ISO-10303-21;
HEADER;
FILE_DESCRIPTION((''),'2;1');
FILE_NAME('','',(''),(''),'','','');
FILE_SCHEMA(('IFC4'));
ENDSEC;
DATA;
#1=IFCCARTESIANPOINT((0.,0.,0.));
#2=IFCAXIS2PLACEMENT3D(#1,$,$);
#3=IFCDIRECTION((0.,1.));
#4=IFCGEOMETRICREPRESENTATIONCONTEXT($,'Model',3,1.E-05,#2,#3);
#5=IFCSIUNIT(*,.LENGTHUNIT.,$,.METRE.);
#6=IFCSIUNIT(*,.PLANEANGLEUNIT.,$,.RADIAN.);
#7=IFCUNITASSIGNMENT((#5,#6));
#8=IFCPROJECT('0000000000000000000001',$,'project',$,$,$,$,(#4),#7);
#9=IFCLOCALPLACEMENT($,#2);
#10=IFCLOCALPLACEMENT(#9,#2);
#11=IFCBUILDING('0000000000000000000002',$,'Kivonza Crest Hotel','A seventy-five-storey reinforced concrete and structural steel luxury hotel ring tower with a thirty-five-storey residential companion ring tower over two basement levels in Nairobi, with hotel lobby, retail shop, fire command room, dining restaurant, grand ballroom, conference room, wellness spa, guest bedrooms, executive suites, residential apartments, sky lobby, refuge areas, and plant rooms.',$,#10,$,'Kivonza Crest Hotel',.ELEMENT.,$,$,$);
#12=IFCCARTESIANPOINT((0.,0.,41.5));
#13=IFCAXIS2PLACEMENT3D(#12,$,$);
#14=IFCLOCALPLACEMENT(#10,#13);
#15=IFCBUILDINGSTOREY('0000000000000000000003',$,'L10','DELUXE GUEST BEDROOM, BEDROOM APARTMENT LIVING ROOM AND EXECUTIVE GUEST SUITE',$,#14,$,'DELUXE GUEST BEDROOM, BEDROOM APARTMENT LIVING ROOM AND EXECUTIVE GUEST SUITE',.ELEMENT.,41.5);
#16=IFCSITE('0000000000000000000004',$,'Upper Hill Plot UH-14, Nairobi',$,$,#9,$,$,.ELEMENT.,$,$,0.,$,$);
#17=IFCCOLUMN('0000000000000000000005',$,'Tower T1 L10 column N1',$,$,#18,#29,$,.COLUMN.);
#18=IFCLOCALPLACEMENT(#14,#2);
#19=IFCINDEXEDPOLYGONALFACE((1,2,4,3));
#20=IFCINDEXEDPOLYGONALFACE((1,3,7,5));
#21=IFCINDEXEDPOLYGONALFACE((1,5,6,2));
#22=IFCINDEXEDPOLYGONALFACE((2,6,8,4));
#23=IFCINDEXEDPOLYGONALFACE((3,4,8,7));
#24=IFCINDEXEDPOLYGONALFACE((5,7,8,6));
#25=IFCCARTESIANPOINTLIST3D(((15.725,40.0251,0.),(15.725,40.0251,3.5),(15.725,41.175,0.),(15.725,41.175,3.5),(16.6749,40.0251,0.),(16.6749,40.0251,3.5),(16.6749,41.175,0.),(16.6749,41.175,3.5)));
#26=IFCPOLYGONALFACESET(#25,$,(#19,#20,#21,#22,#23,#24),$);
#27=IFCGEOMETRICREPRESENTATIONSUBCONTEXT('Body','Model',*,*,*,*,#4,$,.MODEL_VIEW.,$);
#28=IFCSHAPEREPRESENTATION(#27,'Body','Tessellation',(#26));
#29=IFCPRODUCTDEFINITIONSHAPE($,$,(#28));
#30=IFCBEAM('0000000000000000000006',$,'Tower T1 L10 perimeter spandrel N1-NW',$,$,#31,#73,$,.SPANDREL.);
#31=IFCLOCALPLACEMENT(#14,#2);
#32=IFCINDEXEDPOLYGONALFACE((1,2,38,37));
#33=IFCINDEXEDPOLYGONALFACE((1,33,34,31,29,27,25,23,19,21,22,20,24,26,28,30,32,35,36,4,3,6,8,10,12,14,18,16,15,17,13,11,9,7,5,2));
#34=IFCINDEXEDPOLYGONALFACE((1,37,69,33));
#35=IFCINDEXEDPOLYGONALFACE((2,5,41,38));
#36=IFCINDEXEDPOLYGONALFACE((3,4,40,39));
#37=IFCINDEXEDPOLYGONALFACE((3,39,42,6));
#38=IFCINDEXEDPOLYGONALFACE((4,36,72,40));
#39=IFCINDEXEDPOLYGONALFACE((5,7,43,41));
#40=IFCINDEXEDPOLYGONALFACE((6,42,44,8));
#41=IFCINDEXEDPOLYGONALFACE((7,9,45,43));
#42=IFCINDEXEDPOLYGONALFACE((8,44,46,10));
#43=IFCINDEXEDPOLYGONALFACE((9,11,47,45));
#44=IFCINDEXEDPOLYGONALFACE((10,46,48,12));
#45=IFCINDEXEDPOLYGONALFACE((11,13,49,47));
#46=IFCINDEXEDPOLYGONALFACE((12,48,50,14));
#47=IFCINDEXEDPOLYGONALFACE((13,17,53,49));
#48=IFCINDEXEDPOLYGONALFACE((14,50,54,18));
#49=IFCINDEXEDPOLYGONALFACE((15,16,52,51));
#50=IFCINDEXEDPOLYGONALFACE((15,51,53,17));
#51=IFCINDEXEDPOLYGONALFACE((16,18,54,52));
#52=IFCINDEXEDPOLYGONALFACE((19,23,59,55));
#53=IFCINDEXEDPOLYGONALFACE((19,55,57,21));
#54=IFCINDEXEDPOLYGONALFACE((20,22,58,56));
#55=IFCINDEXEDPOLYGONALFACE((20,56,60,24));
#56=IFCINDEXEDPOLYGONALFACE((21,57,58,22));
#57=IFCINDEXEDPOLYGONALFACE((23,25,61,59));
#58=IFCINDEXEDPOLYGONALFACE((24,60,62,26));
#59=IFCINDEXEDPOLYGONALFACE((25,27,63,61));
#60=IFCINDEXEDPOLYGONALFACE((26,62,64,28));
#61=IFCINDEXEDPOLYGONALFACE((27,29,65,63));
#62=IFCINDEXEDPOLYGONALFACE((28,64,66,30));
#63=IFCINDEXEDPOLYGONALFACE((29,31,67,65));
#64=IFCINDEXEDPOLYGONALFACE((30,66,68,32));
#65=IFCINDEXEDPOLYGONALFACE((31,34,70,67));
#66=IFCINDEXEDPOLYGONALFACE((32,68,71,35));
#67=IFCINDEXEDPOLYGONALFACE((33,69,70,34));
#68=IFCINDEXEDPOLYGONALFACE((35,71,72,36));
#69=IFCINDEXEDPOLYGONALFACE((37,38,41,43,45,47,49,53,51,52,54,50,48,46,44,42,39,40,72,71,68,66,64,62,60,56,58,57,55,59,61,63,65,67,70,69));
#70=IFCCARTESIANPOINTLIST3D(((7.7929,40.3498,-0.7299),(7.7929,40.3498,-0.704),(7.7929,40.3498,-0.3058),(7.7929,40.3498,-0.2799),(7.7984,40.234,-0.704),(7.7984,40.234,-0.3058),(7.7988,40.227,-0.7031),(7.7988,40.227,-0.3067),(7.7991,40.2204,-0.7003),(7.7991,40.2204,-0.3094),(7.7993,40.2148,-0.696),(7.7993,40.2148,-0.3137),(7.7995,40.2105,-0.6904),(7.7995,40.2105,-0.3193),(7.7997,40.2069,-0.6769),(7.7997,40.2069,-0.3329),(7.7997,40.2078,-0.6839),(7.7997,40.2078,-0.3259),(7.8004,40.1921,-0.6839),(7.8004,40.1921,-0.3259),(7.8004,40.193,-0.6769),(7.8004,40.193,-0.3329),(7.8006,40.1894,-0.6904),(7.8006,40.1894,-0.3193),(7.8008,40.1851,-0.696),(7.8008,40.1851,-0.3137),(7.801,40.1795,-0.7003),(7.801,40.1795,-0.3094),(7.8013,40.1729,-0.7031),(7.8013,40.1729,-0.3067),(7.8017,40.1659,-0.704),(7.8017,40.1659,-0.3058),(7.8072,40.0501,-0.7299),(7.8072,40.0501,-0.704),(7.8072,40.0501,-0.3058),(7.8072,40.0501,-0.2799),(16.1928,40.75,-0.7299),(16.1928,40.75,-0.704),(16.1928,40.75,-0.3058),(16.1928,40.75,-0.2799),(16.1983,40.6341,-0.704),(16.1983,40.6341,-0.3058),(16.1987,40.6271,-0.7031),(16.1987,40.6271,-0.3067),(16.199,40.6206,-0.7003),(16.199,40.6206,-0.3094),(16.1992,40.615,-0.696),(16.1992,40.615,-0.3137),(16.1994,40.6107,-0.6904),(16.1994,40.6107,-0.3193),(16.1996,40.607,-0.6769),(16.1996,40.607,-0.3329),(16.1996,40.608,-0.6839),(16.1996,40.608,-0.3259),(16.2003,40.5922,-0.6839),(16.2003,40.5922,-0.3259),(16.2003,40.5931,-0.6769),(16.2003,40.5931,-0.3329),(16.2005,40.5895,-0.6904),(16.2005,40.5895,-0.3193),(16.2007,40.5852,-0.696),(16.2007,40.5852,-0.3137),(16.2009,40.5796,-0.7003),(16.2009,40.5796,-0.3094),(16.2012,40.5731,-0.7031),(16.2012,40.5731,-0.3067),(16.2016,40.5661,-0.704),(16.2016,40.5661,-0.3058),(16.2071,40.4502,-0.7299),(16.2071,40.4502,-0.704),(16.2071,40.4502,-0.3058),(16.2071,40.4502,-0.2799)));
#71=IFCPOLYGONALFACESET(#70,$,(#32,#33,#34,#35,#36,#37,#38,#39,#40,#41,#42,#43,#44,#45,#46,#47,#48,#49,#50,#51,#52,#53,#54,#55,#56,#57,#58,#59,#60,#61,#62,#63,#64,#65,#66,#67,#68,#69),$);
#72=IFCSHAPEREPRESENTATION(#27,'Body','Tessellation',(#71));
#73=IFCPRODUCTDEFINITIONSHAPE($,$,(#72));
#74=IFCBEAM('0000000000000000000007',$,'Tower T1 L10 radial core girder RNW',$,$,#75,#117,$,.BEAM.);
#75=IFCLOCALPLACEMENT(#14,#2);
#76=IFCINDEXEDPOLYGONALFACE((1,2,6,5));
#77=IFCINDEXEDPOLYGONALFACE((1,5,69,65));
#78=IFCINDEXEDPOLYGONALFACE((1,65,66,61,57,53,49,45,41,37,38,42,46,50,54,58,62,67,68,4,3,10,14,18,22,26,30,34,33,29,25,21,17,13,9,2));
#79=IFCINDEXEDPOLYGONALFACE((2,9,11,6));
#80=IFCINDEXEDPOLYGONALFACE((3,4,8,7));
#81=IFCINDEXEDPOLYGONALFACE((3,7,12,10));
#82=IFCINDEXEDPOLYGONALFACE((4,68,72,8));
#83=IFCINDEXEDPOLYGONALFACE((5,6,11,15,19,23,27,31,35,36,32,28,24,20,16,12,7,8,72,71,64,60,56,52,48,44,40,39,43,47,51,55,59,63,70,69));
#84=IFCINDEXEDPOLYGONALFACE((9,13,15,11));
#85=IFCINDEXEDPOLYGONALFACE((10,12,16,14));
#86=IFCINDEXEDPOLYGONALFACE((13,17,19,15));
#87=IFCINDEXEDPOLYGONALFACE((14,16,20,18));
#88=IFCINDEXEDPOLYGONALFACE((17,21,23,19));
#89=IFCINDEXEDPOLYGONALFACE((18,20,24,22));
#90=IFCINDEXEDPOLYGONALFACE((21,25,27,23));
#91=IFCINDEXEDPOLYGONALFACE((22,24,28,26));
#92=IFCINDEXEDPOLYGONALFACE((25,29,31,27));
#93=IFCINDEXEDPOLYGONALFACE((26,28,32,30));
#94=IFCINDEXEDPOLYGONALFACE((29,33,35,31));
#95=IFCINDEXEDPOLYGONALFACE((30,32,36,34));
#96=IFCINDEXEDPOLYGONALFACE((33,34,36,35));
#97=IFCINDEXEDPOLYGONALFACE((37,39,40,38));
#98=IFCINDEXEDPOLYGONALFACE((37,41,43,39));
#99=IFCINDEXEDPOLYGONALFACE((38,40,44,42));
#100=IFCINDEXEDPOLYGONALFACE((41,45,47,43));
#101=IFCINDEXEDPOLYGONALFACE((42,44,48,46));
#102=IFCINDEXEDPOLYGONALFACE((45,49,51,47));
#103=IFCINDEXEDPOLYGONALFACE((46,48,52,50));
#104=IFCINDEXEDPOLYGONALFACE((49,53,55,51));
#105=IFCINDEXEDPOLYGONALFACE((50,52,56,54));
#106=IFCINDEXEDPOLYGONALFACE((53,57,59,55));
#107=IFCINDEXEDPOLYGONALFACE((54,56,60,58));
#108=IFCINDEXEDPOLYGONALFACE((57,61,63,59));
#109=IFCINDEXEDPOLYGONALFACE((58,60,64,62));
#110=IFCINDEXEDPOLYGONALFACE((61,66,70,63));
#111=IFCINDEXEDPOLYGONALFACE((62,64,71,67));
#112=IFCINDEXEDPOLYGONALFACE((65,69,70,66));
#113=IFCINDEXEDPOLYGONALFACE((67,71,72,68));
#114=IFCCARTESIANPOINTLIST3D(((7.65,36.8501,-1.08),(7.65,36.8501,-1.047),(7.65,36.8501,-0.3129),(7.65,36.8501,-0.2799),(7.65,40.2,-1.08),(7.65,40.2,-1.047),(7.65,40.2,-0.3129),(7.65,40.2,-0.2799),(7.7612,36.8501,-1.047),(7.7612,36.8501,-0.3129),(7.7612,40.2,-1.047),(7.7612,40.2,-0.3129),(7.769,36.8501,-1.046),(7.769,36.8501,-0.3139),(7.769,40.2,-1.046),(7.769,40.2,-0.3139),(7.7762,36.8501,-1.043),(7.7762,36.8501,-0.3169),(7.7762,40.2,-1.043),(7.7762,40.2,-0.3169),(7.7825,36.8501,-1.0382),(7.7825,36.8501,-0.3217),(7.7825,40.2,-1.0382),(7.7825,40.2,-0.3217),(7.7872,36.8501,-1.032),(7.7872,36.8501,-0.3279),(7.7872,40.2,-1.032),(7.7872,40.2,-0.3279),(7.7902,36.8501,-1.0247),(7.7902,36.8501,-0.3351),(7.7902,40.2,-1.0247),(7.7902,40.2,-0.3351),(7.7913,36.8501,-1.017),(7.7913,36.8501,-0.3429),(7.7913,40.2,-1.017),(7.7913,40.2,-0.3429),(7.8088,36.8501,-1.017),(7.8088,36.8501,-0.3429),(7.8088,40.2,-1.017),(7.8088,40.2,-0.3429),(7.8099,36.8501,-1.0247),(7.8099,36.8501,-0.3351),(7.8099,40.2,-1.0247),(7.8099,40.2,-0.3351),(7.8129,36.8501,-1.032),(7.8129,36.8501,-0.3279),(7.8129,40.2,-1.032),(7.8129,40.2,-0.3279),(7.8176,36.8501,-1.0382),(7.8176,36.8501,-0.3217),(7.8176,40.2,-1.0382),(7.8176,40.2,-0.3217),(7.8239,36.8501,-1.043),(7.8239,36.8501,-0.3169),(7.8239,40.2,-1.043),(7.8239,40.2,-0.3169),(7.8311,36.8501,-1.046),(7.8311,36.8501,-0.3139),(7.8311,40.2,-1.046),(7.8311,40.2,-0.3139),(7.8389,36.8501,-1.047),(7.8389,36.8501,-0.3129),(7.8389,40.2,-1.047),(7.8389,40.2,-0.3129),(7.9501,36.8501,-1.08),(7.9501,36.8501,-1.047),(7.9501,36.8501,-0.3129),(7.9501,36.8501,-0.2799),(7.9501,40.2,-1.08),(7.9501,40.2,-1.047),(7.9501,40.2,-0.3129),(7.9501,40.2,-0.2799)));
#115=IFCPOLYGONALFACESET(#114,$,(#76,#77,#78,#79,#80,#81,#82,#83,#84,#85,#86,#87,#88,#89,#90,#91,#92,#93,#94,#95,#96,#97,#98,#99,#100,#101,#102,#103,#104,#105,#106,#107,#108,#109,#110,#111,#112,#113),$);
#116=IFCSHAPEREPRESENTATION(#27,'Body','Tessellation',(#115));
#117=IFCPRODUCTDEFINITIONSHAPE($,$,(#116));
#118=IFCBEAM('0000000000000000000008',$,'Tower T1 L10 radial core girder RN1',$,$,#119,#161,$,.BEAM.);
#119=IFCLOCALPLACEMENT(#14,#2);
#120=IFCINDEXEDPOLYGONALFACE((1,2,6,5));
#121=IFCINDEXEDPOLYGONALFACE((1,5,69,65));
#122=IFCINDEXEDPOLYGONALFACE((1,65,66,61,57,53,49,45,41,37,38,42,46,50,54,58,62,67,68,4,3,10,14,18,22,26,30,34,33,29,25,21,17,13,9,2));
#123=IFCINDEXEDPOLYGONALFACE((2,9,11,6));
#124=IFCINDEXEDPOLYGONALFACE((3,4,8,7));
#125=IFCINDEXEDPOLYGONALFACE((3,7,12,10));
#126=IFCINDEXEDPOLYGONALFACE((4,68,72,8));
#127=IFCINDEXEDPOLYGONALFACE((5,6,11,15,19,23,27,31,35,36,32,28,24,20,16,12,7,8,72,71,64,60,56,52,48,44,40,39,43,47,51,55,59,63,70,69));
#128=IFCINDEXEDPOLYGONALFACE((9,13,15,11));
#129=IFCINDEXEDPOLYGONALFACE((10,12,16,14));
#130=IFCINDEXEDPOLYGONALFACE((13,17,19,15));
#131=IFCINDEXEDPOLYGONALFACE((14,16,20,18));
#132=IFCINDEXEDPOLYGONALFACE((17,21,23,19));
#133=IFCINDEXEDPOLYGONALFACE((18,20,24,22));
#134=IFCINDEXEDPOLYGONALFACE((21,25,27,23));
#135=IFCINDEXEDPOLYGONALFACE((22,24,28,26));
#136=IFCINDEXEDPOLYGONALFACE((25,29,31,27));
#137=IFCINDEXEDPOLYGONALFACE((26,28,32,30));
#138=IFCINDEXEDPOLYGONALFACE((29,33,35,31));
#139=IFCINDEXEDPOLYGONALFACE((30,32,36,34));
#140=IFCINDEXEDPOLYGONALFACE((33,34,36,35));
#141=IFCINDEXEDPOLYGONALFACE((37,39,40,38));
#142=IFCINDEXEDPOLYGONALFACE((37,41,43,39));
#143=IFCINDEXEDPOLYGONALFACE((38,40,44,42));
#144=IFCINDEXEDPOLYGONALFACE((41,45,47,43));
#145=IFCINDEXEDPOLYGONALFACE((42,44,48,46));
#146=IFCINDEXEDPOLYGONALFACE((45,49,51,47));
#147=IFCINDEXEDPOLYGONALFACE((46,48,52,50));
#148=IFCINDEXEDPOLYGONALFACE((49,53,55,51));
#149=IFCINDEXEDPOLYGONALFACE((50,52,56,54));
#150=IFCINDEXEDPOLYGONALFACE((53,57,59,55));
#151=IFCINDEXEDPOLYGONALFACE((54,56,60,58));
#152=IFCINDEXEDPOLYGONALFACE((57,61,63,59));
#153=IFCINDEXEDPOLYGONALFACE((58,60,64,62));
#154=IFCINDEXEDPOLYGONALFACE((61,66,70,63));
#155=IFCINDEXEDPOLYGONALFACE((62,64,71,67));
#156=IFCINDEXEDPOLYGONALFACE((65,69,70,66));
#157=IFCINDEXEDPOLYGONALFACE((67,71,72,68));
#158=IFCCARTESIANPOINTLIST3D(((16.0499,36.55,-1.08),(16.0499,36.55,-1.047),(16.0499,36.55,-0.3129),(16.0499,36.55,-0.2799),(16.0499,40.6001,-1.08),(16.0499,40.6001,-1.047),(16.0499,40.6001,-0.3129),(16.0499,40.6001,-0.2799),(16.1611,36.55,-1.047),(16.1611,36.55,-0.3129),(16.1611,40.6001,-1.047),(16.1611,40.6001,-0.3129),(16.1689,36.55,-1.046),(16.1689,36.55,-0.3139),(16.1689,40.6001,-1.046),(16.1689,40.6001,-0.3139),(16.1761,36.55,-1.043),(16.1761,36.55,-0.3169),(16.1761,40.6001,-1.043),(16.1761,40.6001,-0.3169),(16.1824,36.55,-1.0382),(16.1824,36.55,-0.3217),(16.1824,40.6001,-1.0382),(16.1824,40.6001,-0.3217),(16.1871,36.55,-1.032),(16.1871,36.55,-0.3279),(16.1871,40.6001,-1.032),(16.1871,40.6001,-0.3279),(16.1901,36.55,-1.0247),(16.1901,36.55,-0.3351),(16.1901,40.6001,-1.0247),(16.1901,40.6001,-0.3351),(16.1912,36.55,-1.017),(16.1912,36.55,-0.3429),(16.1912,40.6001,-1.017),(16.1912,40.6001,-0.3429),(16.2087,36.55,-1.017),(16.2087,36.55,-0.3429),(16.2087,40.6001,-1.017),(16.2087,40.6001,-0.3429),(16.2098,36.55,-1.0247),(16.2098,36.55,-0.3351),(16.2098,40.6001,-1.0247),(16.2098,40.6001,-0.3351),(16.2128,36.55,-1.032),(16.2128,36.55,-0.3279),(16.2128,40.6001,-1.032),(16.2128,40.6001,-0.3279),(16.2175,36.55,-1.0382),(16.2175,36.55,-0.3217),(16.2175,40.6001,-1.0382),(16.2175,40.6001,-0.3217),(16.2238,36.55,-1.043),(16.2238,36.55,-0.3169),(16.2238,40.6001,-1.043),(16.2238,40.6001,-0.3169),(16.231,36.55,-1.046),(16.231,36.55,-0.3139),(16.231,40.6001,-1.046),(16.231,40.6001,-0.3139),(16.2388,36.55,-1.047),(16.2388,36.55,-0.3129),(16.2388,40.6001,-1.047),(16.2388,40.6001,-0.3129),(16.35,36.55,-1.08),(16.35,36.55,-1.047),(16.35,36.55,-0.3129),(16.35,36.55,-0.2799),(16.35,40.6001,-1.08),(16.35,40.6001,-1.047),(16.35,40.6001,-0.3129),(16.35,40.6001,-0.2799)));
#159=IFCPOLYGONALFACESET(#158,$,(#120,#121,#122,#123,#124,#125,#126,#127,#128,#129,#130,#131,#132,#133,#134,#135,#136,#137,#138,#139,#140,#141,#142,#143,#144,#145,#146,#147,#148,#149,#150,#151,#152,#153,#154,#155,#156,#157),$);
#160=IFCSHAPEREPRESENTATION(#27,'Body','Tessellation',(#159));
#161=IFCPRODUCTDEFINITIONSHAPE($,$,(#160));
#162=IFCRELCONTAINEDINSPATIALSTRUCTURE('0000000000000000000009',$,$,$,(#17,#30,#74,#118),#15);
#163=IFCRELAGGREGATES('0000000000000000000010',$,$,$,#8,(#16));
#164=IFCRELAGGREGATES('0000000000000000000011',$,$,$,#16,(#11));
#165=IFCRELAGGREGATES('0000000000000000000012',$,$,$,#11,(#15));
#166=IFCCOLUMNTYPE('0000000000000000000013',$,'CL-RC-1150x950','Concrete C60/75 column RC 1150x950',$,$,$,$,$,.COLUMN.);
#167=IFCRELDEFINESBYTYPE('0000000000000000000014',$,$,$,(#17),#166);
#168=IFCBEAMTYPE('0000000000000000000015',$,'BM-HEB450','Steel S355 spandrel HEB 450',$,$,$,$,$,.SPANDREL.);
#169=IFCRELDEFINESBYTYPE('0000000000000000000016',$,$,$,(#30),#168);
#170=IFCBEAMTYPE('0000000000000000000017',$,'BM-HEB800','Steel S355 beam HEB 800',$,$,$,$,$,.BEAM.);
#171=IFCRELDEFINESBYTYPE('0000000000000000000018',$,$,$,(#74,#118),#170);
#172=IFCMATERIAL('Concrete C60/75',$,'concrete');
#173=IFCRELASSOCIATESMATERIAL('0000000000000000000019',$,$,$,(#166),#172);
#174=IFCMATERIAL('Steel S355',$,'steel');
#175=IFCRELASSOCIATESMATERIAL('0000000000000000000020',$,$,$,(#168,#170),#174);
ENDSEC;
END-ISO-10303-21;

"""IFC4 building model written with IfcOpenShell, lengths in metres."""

from ifc_helpers import new_model, si_unit, direction, frame, origin, origin_2d, place, context, subcontext, project, spatial, rectangle, i_section, extrude, material, material_profile, profile_set, type_object, element, save


model = new_model("IFC4")

# Units and contexts
model_context = context("Model", 3, precision=1e-05, world=origin(), true_north=direction((0.0, 1.0)))
body_context = subcontext(model_context, "Body", "Model", "MODEL_VIEW")
ifc_project = project(units=[si_unit("LENGTHUNIT", "METRE"), si_unit("PLANEANGLEUNIT", "RADIAN")], contexts=[model_context])

# Site, building, storey
site_placement = place(None, origin())
site = spatial("IfcSite", under=ifc_project, at=site_placement, Name="Upper Hill Plot UH-14, Nairobi", CompositionType="ELEMENT", RefElevation=0.0)
building_placement = place(site_placement, origin())
building = spatial("IfcBuilding", under=site, at=building_placement, Name="Kivonza Crest Hotel", Description="A seventy-five-storey reinforced concrete and structural steel luxury hotel ring tower with a thirty-five-storey residential companion ring tower over two basement levels in Nairobi, with hotel lobby, retail shop, fire command room, dining restaurant, grand ballroom, conference room, wellness spa, guest bedrooms, executive suites, residential apartments, sky lobby, refuge areas, and plant rooms.", LongName="Kivonza Crest Hotel", CompositionType="ELEMENT")
storey_placement = place(building_placement, frame((0.0, 0.0, 41.5)))
storey = spatial("IfcBuildingStorey", under=building, at=storey_placement, Name="L10", Description="DELUXE GUEST BEDROOM, BEDROOM APARTMENT LIVING ROOM AND EXECUTIVE GUEST SUITE", LongName="DELUXE GUEST BEDROOM, BEDROOM APARTMENT LIVING ROOM AND EXECUTIVE GUEST SUITE", CompositionType="ELEMENT", Elevation=41.5)

# Column
ifc_material_1 = material(Name="Concrete C60/75", Category="concrete")
ifc_material_profile_1 = material_profile(ifc_material_1, rectangle(XDim=0.95, YDim=1.1499, at=origin_2d()), Name="RC 1150x950")
ifc_profile_set_1 = profile_set([ifc_material_profile_1], Name="Concrete C60/75")
column_type = type_object("IfcColumnType", Name="CL-RC-1150x950", Description="Concrete C60/75 column RC 1150x950", PredefinedType="COLUMN", material=ifc_profile_set_1)
column_placement = place(storey_placement, frame((16.2, 40.6001, 0.0), z_axis=(0.0, 0.0, 1.0), x_axis=(1.0, 0.0, 0.0)))
element("IfcColumn", 1, at=column_placement, inside=storey, type_object=column_type, Name="Tower T1 L10 column N1", PredefinedType="COLUMN", context=body_context, shape_type="SweptSolid", body=[
    extrude(rectangle(XDim=0.95, YDim=1.1499, at=origin_2d()), origin(), (0.0, 0.0, 1.0), 3.5),
])

# Beams
ifc_material_2 = material(Name="Steel S355", Category="steel")
ifc_material_profile_2 = material_profile(ifc_material_2, i_section(OverallWidth=0.3, OverallDepth=0.45, WebThickness=0.0139, FlangeThickness=0.0259, FilletRadius=0.0271, at=origin_2d()), Name="HEB 450")
ifc_profile_set_2 = profile_set([ifc_material_profile_2], Name="Steel S355")
beam_type_1 = type_object("IfcBeamType", Name="BM-HEB450", Description="Steel S355 spandrel HEB 450", PredefinedType="SPANDREL", material=ifc_profile_set_2)
beam_1_placement = place(storey_placement, frame((16.2, 40.6001, -0.5049), z_axis=(-0.998867, -0.047583, 0.0), x_axis=(0.047583, -0.998867, 0.0)))
element("IfcBeam", 2, at=beam_1_placement, inside=storey, type_object=beam_type_1, Name="Tower T1 L10 perimeter spandrel N1-NW", PredefinedType="SPANDREL", context=body_context, shape_type="SweptSolid", body=[
    extrude(i_section(OverallWidth=0.3, OverallDepth=0.45, WebThickness=0.0139, FlangeThickness=0.0259, FilletRadius=0.0271, at=origin_2d()), origin(), (0.0, 0.0, 1.0), 8.4094),
])
ifc_material_profile_3 = material_profile(ifc_material_2, i_section(OverallWidth=0.3, OverallDepth=0.8, WebThickness=0.0176, FlangeThickness=0.033, FilletRadius=0.03, at=origin_2d()), Name="HEB 800")
ifc_profile_set_3 = profile_set([ifc_material_profile_3], Name="Steel S355")
beam_type_2 = type_object("IfcBeamType", Name="BM-HEB800", Description="Steel S355 beam HEB 800", PredefinedType="BEAM", material=ifc_profile_set_3)
beam_2_placement = place(storey_placement, frame((7.8, 40.2, -0.6799), z_axis=(0.0, -1.0, 0.0), x_axis=(1.0, 0.0, 0.0)))
element("IfcBeam", 3, at=beam_2_placement, inside=storey, type_object=beam_type_2, Name="Tower T1 L10 radial core girder RNW", PredefinedType="BEAM", context=body_context, shape_type="SweptSolid", body=[
    extrude(i_section(OverallWidth=0.3, OverallDepth=0.8, WebThickness=0.0176, FlangeThickness=0.033, FilletRadius=0.03, at=origin_2d()), origin(), (0.0, 0.0, 1.0), 3.3499),
])
beam_3_placement = place(storey_placement, frame((16.2, 40.6001, -0.6799), z_axis=(0.0, -1.0, 0.0), x_axis=(1.0, 0.0, 0.0)))
element("IfcBeam", 4, at=beam_3_placement, inside=storey, type_object=beam_type_2, Name="Tower T1 L10 radial core girder RN1", PredefinedType="BEAM", context=body_context, shape_type="SweptSolid", body=[
    extrude(i_section(OverallWidth=0.3, OverallDepth=0.8, WebThickness=0.0176, FlangeThickness=0.033, FilletRadius=0.03, at=origin_2d()), origin(), (0.0, 0.0, 1.0), 4.05),
])

save(model, "model.ifc")
